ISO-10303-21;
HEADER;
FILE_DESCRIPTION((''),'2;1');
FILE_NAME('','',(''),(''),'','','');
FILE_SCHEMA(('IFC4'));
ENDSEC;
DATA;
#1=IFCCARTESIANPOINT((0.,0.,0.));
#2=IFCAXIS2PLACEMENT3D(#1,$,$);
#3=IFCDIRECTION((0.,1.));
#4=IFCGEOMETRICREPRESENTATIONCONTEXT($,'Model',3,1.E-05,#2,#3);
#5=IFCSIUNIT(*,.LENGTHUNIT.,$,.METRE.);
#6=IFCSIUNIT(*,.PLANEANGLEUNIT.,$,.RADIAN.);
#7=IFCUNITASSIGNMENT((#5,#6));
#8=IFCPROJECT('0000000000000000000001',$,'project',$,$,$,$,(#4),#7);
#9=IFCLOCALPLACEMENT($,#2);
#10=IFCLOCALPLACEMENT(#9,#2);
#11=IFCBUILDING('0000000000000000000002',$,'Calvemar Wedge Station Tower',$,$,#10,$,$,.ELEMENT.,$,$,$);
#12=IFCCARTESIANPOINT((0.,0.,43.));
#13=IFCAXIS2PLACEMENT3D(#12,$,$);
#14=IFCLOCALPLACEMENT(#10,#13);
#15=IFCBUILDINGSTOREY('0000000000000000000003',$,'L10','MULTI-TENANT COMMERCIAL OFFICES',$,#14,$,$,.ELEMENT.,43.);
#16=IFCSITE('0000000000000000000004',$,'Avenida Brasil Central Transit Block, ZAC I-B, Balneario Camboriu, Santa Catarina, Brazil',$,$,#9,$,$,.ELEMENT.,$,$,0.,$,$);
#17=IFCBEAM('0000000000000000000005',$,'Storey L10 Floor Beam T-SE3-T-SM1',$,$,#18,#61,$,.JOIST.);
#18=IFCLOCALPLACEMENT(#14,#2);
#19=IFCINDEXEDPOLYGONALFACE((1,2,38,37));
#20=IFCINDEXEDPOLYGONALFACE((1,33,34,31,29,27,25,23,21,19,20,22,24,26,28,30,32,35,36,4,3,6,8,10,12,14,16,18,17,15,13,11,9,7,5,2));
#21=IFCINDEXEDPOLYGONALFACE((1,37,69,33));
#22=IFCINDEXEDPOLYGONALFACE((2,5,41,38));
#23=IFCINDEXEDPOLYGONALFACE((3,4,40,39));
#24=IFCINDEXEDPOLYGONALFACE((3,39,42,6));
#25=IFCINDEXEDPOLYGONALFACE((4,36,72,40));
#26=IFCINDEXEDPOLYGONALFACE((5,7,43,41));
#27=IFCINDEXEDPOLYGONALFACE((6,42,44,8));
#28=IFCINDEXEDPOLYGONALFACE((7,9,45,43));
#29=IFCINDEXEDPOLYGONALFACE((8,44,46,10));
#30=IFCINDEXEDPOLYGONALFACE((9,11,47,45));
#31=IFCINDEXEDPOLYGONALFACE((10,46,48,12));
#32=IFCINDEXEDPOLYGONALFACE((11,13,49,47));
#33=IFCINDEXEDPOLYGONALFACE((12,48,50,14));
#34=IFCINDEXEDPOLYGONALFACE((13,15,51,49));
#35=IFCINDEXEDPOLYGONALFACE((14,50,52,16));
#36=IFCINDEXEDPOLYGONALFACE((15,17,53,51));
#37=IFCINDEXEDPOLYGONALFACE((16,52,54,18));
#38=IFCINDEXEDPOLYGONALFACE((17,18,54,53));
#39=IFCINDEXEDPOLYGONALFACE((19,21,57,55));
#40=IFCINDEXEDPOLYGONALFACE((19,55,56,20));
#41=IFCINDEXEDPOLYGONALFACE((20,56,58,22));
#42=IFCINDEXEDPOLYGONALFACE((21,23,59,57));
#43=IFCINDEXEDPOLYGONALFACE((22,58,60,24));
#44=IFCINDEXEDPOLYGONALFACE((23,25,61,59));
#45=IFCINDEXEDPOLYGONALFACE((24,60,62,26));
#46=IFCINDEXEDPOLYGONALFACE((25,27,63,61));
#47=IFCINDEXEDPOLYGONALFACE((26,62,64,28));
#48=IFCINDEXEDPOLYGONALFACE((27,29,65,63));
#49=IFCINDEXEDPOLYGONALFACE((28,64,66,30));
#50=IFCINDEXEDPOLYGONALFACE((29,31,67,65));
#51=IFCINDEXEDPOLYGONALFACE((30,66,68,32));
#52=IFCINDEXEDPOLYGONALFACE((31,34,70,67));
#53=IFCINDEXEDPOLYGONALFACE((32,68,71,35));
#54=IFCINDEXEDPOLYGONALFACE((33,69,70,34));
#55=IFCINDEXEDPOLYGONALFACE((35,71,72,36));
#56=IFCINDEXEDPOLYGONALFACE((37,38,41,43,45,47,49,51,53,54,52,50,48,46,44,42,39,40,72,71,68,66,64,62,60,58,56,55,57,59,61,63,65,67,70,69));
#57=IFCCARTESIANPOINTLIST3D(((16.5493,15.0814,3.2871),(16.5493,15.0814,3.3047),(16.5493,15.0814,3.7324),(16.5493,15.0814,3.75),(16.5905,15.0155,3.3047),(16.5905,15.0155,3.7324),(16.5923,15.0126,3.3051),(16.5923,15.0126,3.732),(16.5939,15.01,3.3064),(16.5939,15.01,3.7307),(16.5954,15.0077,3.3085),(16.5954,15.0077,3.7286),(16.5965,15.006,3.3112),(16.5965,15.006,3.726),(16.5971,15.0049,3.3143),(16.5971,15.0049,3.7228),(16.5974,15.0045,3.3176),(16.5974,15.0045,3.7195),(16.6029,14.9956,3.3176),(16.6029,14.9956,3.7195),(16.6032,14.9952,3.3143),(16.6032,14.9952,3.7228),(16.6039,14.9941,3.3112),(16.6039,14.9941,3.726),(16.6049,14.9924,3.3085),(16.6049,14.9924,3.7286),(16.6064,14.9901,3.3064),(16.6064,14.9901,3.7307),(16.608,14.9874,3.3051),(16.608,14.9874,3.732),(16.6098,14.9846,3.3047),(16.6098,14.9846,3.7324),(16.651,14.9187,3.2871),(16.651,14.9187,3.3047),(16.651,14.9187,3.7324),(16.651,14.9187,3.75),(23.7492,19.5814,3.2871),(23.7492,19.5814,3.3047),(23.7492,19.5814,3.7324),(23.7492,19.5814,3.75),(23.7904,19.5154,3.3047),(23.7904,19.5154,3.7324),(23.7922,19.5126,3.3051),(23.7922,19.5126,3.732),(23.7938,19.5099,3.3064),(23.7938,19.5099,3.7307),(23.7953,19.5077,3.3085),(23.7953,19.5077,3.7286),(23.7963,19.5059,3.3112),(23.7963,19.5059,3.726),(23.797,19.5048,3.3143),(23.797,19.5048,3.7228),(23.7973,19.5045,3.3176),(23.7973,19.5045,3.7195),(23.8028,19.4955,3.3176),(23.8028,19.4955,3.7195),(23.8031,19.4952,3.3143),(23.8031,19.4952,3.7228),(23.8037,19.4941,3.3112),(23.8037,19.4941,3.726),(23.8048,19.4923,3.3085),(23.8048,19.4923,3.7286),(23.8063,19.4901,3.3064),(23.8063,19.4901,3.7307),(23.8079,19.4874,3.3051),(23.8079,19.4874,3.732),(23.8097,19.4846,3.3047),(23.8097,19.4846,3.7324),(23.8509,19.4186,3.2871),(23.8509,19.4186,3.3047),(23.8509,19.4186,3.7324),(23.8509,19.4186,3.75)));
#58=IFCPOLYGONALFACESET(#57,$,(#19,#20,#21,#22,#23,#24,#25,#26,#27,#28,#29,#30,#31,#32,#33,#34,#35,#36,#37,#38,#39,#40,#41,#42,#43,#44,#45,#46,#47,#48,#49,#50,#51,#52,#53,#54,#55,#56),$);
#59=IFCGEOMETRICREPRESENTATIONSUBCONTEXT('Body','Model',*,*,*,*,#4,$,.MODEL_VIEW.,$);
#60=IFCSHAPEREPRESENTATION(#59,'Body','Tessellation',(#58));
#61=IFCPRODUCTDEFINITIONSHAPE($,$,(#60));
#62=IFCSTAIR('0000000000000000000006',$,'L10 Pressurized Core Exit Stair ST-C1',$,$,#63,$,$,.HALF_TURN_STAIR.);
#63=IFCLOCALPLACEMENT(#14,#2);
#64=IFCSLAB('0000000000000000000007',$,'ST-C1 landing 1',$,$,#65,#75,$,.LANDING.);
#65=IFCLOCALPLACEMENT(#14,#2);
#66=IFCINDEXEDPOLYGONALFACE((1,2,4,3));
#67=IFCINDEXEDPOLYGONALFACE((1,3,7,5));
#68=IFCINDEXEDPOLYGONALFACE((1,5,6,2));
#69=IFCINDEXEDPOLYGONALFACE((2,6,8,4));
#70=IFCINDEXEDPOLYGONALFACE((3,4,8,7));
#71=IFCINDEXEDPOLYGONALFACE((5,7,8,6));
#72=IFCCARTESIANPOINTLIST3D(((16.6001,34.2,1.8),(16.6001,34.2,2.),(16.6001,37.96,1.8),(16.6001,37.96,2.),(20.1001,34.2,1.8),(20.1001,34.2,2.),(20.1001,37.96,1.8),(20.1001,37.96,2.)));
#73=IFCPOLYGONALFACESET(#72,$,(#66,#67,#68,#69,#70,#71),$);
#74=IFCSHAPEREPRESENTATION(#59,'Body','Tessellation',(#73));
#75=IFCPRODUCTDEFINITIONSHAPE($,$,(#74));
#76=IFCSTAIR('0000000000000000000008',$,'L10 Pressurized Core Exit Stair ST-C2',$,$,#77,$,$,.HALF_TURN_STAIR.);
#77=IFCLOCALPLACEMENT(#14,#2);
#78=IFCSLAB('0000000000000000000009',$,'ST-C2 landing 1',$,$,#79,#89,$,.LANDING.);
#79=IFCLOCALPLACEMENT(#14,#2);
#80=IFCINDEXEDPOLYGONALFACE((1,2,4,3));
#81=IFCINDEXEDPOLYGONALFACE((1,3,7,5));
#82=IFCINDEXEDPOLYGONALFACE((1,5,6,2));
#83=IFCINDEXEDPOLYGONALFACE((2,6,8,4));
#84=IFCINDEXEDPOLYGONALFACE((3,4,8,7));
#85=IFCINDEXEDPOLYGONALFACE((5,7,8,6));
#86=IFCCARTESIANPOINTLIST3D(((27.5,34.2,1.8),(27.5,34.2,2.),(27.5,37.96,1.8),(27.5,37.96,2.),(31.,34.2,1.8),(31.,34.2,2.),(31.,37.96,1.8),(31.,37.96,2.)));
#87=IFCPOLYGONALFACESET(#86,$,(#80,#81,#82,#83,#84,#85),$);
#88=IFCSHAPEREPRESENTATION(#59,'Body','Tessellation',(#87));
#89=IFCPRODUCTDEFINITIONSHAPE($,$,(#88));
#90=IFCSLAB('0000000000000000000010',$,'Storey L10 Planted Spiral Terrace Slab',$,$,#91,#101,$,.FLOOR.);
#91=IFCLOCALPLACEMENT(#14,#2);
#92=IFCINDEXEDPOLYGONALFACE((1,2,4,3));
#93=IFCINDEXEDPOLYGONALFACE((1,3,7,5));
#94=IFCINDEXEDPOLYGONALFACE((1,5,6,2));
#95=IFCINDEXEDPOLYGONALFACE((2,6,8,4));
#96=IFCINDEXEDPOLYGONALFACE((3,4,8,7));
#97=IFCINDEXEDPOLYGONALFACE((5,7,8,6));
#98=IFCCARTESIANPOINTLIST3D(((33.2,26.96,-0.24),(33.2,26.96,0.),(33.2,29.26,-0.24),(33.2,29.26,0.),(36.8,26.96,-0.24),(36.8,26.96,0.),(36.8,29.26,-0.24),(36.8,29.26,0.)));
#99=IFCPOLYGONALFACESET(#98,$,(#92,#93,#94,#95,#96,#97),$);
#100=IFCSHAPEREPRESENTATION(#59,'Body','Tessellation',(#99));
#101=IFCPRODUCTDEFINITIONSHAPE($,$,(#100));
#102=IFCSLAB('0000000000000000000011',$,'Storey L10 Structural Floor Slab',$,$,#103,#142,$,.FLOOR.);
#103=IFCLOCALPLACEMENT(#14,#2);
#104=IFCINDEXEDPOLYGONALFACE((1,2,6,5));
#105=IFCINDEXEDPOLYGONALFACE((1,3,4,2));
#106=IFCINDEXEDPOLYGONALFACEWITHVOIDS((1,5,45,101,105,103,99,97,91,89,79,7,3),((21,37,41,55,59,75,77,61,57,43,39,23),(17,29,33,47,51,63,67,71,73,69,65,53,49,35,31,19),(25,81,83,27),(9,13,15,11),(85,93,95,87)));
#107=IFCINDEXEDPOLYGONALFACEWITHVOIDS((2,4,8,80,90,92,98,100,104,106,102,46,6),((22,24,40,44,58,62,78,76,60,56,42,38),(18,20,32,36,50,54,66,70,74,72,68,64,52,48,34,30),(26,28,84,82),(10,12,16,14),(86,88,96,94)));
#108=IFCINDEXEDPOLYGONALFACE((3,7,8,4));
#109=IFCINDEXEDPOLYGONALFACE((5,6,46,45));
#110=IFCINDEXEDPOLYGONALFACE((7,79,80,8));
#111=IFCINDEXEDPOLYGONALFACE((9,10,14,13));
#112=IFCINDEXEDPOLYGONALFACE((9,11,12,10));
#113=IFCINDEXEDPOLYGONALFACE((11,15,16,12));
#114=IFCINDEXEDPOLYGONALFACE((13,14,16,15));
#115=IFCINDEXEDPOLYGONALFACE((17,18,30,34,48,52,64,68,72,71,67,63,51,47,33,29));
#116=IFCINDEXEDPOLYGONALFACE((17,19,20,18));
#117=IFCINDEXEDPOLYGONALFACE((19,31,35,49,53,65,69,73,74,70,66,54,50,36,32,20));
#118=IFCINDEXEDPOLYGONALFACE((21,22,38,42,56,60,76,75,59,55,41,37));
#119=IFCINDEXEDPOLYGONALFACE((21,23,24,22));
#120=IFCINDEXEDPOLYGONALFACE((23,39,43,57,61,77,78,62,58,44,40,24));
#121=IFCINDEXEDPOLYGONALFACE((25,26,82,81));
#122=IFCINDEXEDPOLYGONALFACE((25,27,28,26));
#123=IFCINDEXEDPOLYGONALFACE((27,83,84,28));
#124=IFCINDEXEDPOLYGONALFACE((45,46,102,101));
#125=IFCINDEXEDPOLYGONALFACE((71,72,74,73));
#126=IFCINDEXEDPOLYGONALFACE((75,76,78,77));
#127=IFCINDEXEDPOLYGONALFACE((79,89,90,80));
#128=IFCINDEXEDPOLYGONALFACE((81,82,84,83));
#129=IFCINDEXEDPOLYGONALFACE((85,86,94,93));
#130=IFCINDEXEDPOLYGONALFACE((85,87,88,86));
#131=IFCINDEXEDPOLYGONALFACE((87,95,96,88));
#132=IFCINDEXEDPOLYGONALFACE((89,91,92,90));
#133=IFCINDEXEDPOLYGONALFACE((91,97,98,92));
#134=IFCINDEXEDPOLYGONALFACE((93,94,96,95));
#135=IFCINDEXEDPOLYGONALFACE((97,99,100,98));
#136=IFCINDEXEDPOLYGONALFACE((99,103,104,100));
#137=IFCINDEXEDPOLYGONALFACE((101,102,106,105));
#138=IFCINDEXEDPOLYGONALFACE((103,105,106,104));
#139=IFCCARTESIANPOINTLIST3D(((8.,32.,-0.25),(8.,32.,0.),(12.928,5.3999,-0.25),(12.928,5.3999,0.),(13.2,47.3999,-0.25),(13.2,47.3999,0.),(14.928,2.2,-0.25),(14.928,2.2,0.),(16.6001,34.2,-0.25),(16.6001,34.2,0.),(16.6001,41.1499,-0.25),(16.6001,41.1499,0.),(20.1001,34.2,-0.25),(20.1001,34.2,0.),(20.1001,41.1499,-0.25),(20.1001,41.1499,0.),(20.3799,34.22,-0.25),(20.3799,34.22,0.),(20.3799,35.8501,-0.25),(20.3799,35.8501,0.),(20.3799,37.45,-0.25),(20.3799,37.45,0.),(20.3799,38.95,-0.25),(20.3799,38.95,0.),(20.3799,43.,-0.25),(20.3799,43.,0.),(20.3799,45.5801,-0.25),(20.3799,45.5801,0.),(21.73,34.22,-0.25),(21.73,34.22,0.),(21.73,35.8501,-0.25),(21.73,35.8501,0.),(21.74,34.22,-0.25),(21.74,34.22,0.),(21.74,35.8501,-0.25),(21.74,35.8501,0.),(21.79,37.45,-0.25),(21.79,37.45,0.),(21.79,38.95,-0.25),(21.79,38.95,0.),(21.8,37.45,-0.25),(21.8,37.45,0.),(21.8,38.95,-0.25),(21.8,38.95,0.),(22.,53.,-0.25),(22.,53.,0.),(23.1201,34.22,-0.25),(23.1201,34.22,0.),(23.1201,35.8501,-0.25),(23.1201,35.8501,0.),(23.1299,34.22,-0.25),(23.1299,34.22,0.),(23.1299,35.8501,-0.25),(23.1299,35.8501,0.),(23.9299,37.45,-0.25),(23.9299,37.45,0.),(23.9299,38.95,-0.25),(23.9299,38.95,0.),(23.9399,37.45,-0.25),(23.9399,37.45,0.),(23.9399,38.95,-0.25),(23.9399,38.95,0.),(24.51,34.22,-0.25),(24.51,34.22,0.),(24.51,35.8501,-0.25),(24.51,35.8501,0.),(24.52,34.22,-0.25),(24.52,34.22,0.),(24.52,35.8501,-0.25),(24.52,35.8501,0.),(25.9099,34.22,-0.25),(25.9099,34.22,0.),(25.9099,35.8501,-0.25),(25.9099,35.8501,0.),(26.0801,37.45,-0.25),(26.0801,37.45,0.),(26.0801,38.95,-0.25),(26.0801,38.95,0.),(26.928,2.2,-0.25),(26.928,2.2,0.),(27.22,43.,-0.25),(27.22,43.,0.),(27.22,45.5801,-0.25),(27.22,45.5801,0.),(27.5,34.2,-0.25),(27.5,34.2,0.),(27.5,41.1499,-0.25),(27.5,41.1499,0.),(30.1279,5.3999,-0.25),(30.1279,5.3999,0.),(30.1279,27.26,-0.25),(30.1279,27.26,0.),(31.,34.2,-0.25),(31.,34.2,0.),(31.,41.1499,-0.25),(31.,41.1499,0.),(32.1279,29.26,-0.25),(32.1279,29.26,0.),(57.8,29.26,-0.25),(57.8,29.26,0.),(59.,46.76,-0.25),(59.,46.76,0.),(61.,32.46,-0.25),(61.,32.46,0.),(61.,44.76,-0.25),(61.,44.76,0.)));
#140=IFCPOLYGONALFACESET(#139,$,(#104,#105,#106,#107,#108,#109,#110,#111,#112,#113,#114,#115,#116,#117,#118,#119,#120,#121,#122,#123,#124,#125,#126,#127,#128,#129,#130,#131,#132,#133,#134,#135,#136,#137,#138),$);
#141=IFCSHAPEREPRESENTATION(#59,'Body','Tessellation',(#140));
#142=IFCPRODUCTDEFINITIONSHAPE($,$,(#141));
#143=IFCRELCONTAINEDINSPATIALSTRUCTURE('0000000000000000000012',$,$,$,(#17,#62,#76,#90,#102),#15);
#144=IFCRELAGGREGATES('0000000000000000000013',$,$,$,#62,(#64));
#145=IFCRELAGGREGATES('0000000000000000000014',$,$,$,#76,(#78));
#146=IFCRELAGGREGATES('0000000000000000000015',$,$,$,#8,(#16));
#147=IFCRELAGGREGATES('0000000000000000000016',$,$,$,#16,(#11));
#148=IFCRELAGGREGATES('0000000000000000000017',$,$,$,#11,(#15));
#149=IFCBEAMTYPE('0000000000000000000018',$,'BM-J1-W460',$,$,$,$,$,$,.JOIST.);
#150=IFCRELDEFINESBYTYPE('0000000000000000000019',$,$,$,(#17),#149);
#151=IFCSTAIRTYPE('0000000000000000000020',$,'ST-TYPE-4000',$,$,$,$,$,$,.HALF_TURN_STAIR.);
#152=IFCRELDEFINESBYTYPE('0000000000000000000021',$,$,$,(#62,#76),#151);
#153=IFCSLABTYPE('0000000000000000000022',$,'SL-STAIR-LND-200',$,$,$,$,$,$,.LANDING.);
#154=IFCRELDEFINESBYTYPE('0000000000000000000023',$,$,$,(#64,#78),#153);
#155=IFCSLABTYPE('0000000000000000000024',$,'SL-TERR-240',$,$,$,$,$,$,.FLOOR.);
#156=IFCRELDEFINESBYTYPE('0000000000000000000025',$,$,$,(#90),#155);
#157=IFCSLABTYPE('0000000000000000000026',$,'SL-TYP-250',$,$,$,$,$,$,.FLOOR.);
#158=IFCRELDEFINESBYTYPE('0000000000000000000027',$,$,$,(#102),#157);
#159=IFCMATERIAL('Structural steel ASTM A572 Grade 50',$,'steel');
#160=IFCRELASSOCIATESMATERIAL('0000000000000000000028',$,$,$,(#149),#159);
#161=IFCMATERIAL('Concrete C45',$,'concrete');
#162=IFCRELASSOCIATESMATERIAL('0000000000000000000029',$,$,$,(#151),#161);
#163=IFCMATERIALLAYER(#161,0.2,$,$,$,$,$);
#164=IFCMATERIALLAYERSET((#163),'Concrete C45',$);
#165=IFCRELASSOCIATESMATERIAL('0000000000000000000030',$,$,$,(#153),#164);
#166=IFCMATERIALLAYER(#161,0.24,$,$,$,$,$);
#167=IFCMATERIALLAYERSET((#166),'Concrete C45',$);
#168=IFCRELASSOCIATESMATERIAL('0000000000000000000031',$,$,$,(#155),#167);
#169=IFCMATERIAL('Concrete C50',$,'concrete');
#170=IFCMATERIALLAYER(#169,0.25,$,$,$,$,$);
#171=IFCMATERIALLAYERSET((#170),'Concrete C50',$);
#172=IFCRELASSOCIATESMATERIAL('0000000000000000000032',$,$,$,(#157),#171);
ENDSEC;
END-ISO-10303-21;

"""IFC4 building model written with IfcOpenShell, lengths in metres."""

from ifc_helpers import new_model, si_unit, direction, frame, origin, origin_2d, place, context, subcontext, project, spatial, polyline, i_section, outline, extrude, source, transform, mapped, material, layer, layer_set, material_profile, profile_set, type_object, element, aggregate, save


model = new_model("IFC4")

# Units and contexts
model_context = context("Model", 3, precision=1e-05, world=origin(), true_north=direction((0.0, 1.0)))
body_context = subcontext(model_context, "Body", "Model", "MODEL_VIEW")
ifc_project = project(units=[si_unit("LENGTHUNIT", "METRE"), si_unit("PLANEANGLEUNIT", "RADIAN")], contexts=[model_context])

# Site, building, storey
site_placement = place(None, origin())
site = spatial("IfcSite", under=ifc_project, at=site_placement, Name="Avenida Brasil Central Transit Block, ZAC I-B, Balneario Camboriu, Santa Catarina, Brazil", CompositionType="ELEMENT", RefElevation=0.0)
building_placement = place(site_placement, origin())
building = spatial("IfcBuilding", under=site, at=building_placement, Name="Calvemar Wedge Station Tower", CompositionType="ELEMENT")
storey_placement = place(building_placement, frame((0.0, 0.0, 43.0)))
storey = spatial("IfcBuildingStorey", under=building, at=storey_placement, Name="L10", Description="MULTI-TENANT COMMERCIAL OFFICES", CompositionType="ELEMENT", Elevation=43.0)

# Beam
ifc_material_1 = material(Name="Structural steel ASTM A572 Grade 50", Category="steel")
ifc_material_profile_1 = material_profile(ifc_material_1, i_section(OverallWidth=0.1919, OverallDepth=0.4629, WebThickness=0.0105, FlangeThickness=0.0176, FilletRadius=0.0129, at=origin_2d()), Name="W460x89")
ifc_profile_set_1 = profile_set([ifc_material_profile_1], Name="Structural steel ASTM A572 Grade 50")
beam_type_1 = type_object("IfcBeamType", Name="BM-J1-W460", PredefinedType="JOIST", material=ifc_profile_set_1)
shared_shape_1 = source(origin(), body_context, "Body", "SweptSolid", [
    extrude(i_section(OverallWidth=0.1919, OverallDepth=0.4629, WebThickness=0.0105, FlangeThickness=0.0176, FilletRadius=0.0129, at=origin_2d()), origin(), (0.0, 0.0, 1.0), 8.4905),
])
beam_1_placement = place(storey_placement, frame((23.8, 19.5, 3.5186), z_axis=(-0.847997, -0.530002, 0.0), x_axis=(0.530002, -0.847997, 0.0)))
element("IfcBeam", 1, at=beam_1_placement, inside=storey, type_object=beam_type_1, Name="Storey L10 Floor Beam T-SE3-T-SM1", PredefinedType="JOIST", context=body_context, shape_type="MappedRepresentation", body=[
    mapped(shared_shape_1, transform((0.0, 0.0, 0.0), scale=1.0)),
])

# Stairs, slabs
ifc_material_2 = material(Name="Concrete C45", Category="concrete")
stair_type = type_object("IfcStairType", Name="ST-TYPE-4000", PredefinedType="HALF_TURN_STAIR", material=ifc_material_2)
stair_1_placement = place(storey_placement, origin())
stair_1 = element("IfcStair", 2, at=stair_1_placement, inside=storey, type_object=stair_type, Name="L10 Pressurized Core Exit Stair ST-C1", PredefinedType="HALF_TURN_STAIR")
ifc_layer_1 = layer(ifc_material_2, 0.2)
ifc_layer_set_1 = layer_set([ifc_layer_1], Name="Concrete C45")
slab_type_1 = type_object("IfcSlabType", Name="SL-STAIR-LND-200", PredefinedType="LANDING", material=ifc_layer_set_1)
slab_1_placement = place(storey_placement, frame((0.0, 0.0, 1.8)))
slab_1 = element("IfcSlab", 3, at=slab_1_placement, type_object=slab_type_1, Name="ST-C1 landing 1", PredefinedType="LANDING", context=body_context, shape_type="SweptSolid", body=[
    extrude(outline(polyline([(16.6001, 37.96), (16.6001, 34.2), (20.1001, 34.2), (20.1001, 37.96), (16.6001, 37.96)])), origin(), (0.0, 0.0, 1.0), 0.2),
])
aggregate(stair_1, [slab_1])
stair_2_placement = place(storey_placement, origin())
stair_2 = element("IfcStair", 4, at=stair_2_placement, inside=storey, type_object=stair_type, Name="L10 Pressurized Core Exit Stair ST-C2", PredefinedType="HALF_TURN_STAIR")
slab_2_placement = place(storey_placement, frame((0.0, 0.0, 1.8)))
slab_2 = element("IfcSlab", 5, at=slab_2_placement, type_object=slab_type_1, Name="ST-C2 landing 1", PredefinedType="LANDING", context=body_context, shape_type="SweptSolid", body=[
    extrude(outline(polyline([(27.5, 37.96), (27.5, 34.2), (31.0, 34.2), (31.0, 37.96), (27.5, 37.96)])), origin(), (0.0, 0.0, 1.0), 0.2),
])
aggregate(stair_2, [slab_2])

# Slabs
ifc_layer_2 = layer(ifc_material_2, 0.24)
ifc_layer_set_2 = layer_set([ifc_layer_2], Name="Concrete C45")
slab_type_2 = type_object("IfcSlabType", Name="SL-TERR-240", PredefinedType="FLOOR", material=ifc_layer_set_2)
slab_3_placement = place(storey_placement, frame((0.0, 0.0, -0.24)))
element("IfcSlab", 6, at=slab_3_placement, inside=storey, type_object=slab_type_2, Name="Storey L10 Planted Spiral Terrace Slab", PredefinedType="FLOOR", context=body_context, shape_type="SweptSolid", body=[
    extrude(outline(polyline([(33.2, 29.26), (33.2, 26.96), (36.8, 26.96), (36.8, 29.26), (33.2, 29.26)])), origin(), (0.0, 0.0, 1.0), 0.24),
])
ifc_material_3 = material(Name="Concrete C50", Category="concrete")
ifc_layer_3 = layer(ifc_material_3, 0.25)
ifc_layer_set_3 = layer_set([ifc_layer_3], Name="Concrete C50")
slab_type_3 = type_object("IfcSlabType", Name="SL-TYP-250", PredefinedType="FLOOR", material=ifc_layer_set_3)
slab_4_placement = place(storey_placement, frame((0.0, 0.0, -0.25)))
element("IfcSlab", 7, at=slab_4_placement, inside=storey, type_object=slab_type_3, Name="Storey L10 Structural Floor Slab", PredefinedType="FLOOR", context=body_context, shape_type="SweptSolid", body=[
    extrude(outline(polyline([(8.0, 32.0), (12.928, 5.3999), (14.928, 2.2), (26.928, 2.2), (30.1279, 5.3999), (30.1279, 27.26), (32.1279, 29.26), (57.8, 29.26), (61.0, 32.46), (61.0, 44.76), (59.0, 46.76), (22.0, 53.0), (13.2, 47.3999), (8.0, 32.0)]), holes=[polyline([(21.74, 35.8501), (21.73, 35.8501), (20.3799, 35.8501), (20.3799, 34.22), (21.73, 34.22), (21.74, 34.22), (23.1201, 34.22), (23.1299, 34.22), (24.51, 34.22), (24.52, 34.22), (25.9099, 34.22), (25.9099, 35.8501), (24.52, 35.8501), (24.51, 35.8501), (23.1299, 35.8501), (23.1201, 35.8501), (21.74, 35.8501)]), polyline([(16.6001, 41.1499), (16.6001, 34.2), (20.1001, 34.2), (20.1001, 41.1499), (16.6001, 41.1499)]), polyline([(27.5, 34.2), (31.0, 34.2), (31.0, 41.1499), (27.5, 41.1499), (27.5, 34.2)]), polyline([(21.79, 37.45), (21.8, 37.45), (23.9299, 37.45), (23.9399, 37.45), (26.0801, 37.45), (26.0801, 38.95), (23.9399, 38.95), (23.9299, 38.95), (21.8, 38.95), (21.79, 38.95), (20.3799, 38.95), (20.3799, 37.45), (21.79, 37.45)]), polyline([(20.3799, 43.0), (27.22, 43.0), (27.22, 45.5801), (20.3799, 45.5801), (20.3799, 43.0)])]), origin(), (0.0, 0.0, 1.0), 0.25),
])

save(model, "model.ifc")
